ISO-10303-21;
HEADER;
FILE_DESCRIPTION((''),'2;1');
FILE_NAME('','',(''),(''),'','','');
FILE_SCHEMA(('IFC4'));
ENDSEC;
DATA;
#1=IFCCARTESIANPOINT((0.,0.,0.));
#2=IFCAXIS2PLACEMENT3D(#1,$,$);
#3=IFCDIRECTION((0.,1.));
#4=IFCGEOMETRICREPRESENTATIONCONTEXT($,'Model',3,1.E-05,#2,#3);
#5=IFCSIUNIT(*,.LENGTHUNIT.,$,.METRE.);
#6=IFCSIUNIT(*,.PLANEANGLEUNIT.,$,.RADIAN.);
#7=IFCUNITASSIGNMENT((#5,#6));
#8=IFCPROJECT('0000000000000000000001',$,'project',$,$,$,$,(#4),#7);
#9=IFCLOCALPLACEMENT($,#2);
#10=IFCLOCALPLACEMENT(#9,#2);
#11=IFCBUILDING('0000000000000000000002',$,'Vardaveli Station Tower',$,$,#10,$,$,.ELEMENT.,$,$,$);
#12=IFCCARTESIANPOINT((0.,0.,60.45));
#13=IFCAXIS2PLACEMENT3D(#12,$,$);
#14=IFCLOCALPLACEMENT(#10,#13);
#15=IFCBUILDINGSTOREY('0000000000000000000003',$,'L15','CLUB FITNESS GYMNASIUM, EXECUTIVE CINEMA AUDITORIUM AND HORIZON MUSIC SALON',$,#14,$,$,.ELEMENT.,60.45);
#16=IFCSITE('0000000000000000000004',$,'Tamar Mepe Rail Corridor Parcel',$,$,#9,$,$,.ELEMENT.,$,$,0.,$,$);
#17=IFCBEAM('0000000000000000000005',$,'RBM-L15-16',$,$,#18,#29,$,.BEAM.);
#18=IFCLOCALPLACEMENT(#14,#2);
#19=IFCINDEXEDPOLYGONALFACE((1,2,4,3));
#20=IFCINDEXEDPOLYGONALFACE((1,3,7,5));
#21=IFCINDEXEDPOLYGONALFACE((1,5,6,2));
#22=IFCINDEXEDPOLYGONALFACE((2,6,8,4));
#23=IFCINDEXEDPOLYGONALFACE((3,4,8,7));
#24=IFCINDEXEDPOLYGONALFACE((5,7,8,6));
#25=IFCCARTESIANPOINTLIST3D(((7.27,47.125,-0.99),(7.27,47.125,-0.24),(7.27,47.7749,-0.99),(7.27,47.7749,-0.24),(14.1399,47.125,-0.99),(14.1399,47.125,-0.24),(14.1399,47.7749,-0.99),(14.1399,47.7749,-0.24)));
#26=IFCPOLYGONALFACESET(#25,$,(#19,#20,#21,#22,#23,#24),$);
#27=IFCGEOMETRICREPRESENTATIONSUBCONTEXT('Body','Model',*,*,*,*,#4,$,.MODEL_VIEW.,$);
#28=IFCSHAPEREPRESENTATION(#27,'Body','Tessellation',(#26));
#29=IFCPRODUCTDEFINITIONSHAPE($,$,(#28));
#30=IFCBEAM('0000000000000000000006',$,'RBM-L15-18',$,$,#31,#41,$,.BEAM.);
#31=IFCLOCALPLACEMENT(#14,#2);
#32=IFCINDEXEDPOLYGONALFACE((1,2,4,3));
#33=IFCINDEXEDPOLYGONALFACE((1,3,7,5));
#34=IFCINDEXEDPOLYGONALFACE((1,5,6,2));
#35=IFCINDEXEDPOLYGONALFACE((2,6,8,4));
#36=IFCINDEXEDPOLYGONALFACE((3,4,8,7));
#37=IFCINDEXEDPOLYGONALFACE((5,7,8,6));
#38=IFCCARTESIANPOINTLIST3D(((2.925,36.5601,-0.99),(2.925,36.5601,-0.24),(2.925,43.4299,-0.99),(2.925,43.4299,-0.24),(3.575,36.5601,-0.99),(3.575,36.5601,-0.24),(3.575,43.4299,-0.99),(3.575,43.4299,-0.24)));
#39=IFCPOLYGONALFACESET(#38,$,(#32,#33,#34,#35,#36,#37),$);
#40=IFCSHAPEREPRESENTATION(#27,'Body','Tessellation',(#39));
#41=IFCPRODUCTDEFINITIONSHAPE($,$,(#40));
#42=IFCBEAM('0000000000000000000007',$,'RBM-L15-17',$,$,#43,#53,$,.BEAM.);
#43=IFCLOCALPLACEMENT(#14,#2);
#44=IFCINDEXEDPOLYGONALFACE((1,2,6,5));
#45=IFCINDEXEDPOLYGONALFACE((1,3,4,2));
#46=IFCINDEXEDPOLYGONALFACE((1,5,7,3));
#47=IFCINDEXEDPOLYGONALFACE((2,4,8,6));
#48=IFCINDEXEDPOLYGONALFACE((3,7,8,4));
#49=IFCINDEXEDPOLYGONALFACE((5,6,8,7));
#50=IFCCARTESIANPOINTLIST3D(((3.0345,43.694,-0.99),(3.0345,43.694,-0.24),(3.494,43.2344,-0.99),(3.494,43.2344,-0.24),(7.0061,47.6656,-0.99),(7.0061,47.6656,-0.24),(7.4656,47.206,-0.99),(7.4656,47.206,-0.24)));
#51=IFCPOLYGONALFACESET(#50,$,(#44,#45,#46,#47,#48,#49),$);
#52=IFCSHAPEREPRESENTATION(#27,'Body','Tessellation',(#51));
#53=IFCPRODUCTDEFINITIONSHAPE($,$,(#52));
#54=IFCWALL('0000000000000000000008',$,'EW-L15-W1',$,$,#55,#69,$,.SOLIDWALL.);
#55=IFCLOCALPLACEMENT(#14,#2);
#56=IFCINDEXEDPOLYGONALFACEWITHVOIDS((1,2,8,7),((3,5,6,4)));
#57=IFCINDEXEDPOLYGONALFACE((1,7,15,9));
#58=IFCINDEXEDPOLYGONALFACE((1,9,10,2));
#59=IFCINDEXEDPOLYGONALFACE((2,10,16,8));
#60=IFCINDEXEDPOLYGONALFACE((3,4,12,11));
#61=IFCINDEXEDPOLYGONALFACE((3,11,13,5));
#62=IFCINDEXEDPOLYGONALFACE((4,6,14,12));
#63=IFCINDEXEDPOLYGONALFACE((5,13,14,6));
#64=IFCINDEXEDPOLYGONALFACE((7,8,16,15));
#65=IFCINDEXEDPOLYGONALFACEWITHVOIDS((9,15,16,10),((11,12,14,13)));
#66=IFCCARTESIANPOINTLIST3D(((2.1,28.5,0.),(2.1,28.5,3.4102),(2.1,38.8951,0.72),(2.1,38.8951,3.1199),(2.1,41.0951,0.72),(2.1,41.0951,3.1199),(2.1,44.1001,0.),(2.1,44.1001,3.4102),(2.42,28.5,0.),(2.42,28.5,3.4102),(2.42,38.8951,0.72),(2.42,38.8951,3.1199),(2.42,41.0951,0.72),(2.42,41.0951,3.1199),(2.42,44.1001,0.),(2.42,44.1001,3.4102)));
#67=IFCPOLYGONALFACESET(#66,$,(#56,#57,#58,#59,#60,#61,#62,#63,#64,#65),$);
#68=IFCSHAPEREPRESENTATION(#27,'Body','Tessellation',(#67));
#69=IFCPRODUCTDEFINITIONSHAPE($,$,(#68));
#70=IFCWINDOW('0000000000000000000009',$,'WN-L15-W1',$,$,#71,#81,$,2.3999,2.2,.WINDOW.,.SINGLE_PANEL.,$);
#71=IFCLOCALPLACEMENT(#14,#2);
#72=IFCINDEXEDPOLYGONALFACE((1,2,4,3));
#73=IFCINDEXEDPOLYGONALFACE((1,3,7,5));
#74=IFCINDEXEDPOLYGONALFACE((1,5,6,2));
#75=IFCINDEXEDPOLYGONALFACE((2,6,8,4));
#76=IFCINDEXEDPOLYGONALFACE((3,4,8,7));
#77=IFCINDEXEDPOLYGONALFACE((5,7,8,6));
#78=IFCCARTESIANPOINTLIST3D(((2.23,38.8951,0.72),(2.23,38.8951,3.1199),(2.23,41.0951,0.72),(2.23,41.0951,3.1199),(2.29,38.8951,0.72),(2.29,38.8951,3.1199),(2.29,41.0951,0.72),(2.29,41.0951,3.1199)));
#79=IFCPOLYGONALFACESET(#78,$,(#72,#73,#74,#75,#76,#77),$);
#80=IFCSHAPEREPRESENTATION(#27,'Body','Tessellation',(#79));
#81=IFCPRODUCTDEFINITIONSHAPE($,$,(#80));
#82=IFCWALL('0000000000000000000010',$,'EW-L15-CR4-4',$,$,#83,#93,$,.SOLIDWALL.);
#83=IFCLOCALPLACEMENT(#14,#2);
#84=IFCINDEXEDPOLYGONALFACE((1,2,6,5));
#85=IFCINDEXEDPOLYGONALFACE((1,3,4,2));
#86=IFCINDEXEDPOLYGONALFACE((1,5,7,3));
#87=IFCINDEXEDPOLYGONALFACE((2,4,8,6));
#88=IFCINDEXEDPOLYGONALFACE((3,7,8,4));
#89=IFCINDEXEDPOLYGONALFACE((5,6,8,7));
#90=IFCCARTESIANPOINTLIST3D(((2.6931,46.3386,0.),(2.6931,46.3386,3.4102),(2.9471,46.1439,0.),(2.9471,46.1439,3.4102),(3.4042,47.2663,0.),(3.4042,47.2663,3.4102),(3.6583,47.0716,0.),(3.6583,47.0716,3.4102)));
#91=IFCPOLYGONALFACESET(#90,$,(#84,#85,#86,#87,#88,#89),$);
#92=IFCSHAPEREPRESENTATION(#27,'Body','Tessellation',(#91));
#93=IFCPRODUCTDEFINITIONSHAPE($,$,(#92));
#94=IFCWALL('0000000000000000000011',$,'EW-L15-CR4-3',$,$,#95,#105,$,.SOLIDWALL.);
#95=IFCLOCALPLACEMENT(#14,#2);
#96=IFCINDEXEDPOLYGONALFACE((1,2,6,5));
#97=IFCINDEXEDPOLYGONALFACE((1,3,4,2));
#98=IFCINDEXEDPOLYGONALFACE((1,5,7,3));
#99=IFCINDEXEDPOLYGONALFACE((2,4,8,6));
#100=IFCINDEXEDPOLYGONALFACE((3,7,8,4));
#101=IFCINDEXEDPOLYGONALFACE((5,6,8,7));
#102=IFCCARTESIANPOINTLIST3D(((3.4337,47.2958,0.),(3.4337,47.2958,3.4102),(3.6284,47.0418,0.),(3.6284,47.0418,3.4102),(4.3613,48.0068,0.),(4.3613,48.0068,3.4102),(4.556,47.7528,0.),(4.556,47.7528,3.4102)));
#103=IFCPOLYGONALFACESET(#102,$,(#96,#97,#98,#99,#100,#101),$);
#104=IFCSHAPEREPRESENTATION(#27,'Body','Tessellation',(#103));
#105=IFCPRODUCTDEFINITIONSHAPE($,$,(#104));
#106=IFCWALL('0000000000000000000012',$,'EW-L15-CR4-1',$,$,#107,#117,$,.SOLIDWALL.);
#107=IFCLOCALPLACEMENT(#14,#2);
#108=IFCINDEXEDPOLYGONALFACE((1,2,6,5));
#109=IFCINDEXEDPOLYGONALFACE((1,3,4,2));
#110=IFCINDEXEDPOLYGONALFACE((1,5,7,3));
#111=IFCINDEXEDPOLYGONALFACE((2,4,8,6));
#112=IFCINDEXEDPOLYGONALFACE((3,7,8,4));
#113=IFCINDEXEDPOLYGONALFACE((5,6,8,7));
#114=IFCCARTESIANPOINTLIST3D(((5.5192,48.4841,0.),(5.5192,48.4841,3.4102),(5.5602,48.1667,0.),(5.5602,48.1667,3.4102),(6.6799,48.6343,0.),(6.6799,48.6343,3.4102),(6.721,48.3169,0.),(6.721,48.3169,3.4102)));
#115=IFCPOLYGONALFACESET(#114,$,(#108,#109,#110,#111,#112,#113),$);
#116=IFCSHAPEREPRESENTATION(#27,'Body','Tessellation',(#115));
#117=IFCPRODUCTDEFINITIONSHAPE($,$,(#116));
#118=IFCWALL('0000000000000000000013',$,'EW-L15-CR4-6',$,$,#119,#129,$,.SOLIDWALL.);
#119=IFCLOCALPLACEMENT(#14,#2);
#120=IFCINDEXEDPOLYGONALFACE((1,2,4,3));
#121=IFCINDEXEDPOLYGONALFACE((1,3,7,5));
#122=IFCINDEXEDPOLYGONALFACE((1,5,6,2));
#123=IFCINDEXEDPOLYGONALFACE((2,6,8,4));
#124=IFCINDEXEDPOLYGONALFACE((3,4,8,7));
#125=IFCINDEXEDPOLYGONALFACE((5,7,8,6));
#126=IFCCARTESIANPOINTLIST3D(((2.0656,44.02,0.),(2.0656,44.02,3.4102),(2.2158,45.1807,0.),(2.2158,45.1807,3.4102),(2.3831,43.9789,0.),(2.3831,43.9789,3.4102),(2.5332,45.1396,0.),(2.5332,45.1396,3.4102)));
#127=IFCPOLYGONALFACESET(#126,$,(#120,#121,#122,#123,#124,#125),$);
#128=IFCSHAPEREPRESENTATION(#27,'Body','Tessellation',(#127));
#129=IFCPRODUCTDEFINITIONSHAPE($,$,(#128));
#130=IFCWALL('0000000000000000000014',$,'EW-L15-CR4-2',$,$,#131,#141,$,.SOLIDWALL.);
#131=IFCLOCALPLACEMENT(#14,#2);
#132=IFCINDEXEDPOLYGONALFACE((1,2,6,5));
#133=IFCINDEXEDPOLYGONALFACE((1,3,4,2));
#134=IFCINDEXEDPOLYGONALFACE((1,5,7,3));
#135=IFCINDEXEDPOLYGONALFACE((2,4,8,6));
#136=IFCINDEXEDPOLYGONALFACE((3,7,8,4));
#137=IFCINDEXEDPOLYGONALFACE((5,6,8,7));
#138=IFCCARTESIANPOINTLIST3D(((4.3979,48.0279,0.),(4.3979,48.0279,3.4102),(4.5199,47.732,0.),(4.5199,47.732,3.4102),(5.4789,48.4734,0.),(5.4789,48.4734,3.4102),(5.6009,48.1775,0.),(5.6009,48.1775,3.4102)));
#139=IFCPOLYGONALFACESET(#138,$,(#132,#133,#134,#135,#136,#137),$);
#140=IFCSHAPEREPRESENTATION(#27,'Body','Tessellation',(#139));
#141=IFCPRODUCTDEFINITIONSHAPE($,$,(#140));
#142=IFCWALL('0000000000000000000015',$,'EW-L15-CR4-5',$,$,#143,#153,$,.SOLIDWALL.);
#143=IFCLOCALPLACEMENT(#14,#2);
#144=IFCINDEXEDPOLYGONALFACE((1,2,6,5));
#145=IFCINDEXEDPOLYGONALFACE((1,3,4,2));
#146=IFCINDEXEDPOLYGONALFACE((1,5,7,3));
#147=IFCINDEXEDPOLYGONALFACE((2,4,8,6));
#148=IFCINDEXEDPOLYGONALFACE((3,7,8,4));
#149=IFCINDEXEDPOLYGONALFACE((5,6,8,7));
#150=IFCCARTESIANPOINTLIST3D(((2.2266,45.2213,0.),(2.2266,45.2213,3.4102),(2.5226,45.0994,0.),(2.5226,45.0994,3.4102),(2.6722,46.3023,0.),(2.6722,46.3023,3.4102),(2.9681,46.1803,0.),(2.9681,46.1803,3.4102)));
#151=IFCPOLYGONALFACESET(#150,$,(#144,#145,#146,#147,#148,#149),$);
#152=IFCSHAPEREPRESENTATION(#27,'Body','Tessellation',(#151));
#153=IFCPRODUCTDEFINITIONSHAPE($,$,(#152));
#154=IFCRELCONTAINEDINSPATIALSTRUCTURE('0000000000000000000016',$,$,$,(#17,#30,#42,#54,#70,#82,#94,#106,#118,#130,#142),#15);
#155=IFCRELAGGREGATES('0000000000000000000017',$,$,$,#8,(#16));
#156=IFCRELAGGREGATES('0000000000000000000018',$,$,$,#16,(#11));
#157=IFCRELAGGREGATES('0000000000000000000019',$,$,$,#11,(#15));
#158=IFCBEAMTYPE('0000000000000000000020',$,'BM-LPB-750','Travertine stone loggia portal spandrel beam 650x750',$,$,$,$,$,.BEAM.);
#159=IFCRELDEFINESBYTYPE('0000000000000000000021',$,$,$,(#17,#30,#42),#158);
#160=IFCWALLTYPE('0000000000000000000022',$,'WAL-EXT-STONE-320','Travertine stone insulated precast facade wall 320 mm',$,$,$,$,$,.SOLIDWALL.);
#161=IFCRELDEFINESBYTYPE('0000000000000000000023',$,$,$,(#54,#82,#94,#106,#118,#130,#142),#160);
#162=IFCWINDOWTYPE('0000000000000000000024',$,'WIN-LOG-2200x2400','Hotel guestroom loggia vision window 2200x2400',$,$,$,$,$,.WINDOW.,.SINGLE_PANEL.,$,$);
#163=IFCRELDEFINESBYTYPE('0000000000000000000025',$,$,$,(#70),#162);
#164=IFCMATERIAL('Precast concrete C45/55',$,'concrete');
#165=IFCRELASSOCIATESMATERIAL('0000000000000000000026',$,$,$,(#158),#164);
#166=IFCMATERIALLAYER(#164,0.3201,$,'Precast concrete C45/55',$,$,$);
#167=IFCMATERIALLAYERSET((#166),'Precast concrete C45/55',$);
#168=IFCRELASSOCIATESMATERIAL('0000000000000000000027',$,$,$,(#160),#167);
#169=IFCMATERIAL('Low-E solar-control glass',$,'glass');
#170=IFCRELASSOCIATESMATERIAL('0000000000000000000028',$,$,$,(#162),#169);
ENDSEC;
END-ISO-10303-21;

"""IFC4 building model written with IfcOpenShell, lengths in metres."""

from ifc_helpers import new_model, si_unit, direction, frame, frame_2d, origin, origin_2d, place, context, subcontext, project, spatial, rectangle, extrude, source, transform, mapped, material, layer, layer_set, material_profile, profile_set, type_object, element, fill, save


model = new_model("IFC4")

# Units and contexts
model_context = context("Model", 3, precision=1e-05, world=origin(), true_north=direction((0.0, 1.0)))
body_context = subcontext(model_context, "Body", "Model", "MODEL_VIEW")
ifc_project = project(units=[si_unit("LENGTHUNIT", "METRE"), si_unit("PLANEANGLEUNIT", "RADIAN")], contexts=[model_context])

# Site, building, storey
site_placement = place(None, origin())
site = spatial("IfcSite", under=ifc_project, at=site_placement, Name="Tamar Mepe Rail Corridor Parcel", CompositionType="ELEMENT", RefElevation=0.0)
building_placement = place(site_placement, origin())
building = spatial("IfcBuilding", under=site, at=building_placement, Name="Vardaveli Station Tower", CompositionType="ELEMENT")
storey_placement = place(building_placement, frame((0.0, 0.0, 60.45)))
storey = spatial("IfcBuildingStorey", under=building, at=storey_placement, Name="L15", Description="CLUB FITNESS GYMNASIUM, EXECUTIVE CINEMA AUDITORIUM AND HORIZON MUSIC SALON", CompositionType="ELEMENT", Elevation=60.45)

# Beams
ifc_material_1 = material(Name="Precast concrete C45/55", Category="concrete")
ifc_material_profile_1 = material_profile(ifc_material_1, rectangle(XDim=0.6499, YDim=0.75, at=origin_2d()), Name="LPB 650x750")
ifc_profile_set_1 = profile_set([ifc_material_profile_1], Name="Precast concrete C45/55")
beam_type = type_object("IfcBeamType", Name="BM-LPB-750", Description="Travertine stone loggia portal spandrel beam 650x750", PredefinedType="BEAM", material=ifc_profile_set_1)
shared_shape_1 = source(origin(), body_context, "Body", "SweptSolid", [
    extrude(rectangle(XDim=0.6499, YDim=0.75, at=origin_2d()), origin(), (0.0, 0.0, 1.0), 6.8699),
])
for number, where, z_axis, x_axis, name in (
    (1, (14.1399, 47.45, -0.615), (-1.0, 0.0, 0.0), (0.0, -1.0, 0.0), "RBM-L15-16"),
    (2, (3.25, 43.4299, -0.615), (0.0, -1.0, 0.0), (1.0, 0.0, 0.0), "RBM-L15-18"),
):
    element("IfcBeam", number, at=place(storey_placement, frame(where, z_axis=z_axis, x_axis=x_axis)), inside=storey, type_object=beam_type, Name=name, PredefinedType="BEAM", context=body_context, shape_type="MappedRepresentation", body=[
        mapped(shared_shape_1, transform((0.0, 0.0, 0.0), scale=1.0)),
    ])
shared_shape_2 = source(origin(), body_context, "Body", "SweptSolid", [
    extrude(rectangle(XDim=0.6499, YDim=0.75, at=origin_2d()), origin(), (0.0, 0.0, 1.0), 5.6167),
])
beam_placement = place(storey_placement, frame((7.2358, 47.4358, -0.615), z_axis=(-0.707107, -0.707107, 0.0), x_axis=(0.707107, -0.707107, 0.0)))
element("IfcBeam", 3, at=beam_placement, inside=storey, type_object=beam_type, Name="RBM-L15-17", PredefinedType="BEAM", context=body_context, shape_type="MappedRepresentation", body=[
    mapped(shared_shape_2, transform((0.0, 0.0, 0.0), scale=1.0)),
])

# Wall, opening, window
ifc_layer_1 = layer(ifc_material_1, 0.3201, Name="Precast concrete C45/55")
ifc_layer_set_1 = layer_set([ifc_layer_1], Name="Precast concrete C45/55")
wall_type_1 = type_object("IfcWallType", Name="WAL-EXT-STONE-320", Description="Travertine stone insulated precast facade wall 320 mm", PredefinedType="SOLIDWALL", material=ifc_layer_set_1)
shared_shape_3 = source(origin(), body_context, "Body", "SweptSolid", [
    extrude(rectangle(XDim=15.6001, YDim=0.3201, at=frame_2d((7.8, 0.0))), origin(), (0.0, 0.0, 1.0), 3.4102),
])
wall_1_placement = place(storey_placement, frame((2.26, 44.1001, 0.0), z_axis=(0.0, 0.0, 1.0), x_axis=(0.0, -1.0, 0.0)))
wall_1 = element("IfcWall", 4, at=wall_1_placement, inside=storey, type_object=wall_type_1, Name="EW-L15-W1", PredefinedType="SOLIDWALL", context=body_context, shape_type="MappedRepresentation", body=[
    mapped(shared_shape_3, transform((0.0, 0.0, 0.0), scale=1.0)),
])
shared_shape_4 = source(origin(), body_context, "Body", "SweptSolid", [
    extrude(rectangle(XDim=2.2, YDim=2.3999, at=frame_2d((1.1001, 1.2))), frame((0.0, 0.1699, 0.0), z_axis=(0.0, -1.0, 0.0), x_axis=(1.0, 0.0, 0.0)), (0.0, 0.0, 1.0), 0.3401),
])
opening_1_placement = place(wall_1_placement, frame((3.0049, 0.0, 0.72)))
opening_1 = element("IfcOpeningElement", 5, at=opening_1_placement, cuts=wall_1, PredefinedType="OPENING", context=body_context, shape_type="MappedRepresentation", body=[
    mapped(shared_shape_4, transform((0.0, 0.0, 0.0), scale=1.0)),
])
ifc_material_2 = material(Name="Low-E solar-control glass", Category="glass")
window_type = type_object("IfcWindowType", Name="WIN-LOG-2200x2400", Description="Hotel guestroom loggia vision window 2200x2400", PartitioningType="SINGLE_PANEL", PredefinedType="WINDOW", material=ifc_material_2)
shared_shape_5 = source(origin(), body_context, "Body", "SweptSolid", [
    extrude(rectangle(XDim=2.2, YDim=2.3999, at=frame_2d((1.1001, 1.2))), frame((0.0, 0.03, 0.0), z_axis=(0.0, -1.0, 0.0), x_axis=(1.0, 0.0, 0.0)), (0.0, 0.0, 1.0), 0.0601),
])
window_placement = place(opening_1_placement, origin())
window = element("IfcWindow", 6, at=window_placement, inside=storey, type_object=window_type, Name="WN-L15-W1", OverallHeight=2.3999, OverallWidth=2.2, PartitioningType="SINGLE_PANEL", PredefinedType="WINDOW", context=body_context, shape_type="MappedRepresentation", body=[
    mapped(shared_shape_5, transform((0.0, 0.0, 0.0), scale=1.0)),
])
fill(opening_1, window)

# Walls
shared_shape_6 = source(origin(), body_context, "Body", "SweptSolid", [
    extrude(rectangle(XDim=1.1689, YDim=0.3201, at=frame_2d((0.5845, 0.0))), origin(), (0.0, 0.0, 1.0), 3.4102),
])
wall_2_placement = place(storey_placement, frame((3.5312, 47.1689, 0.0), z_axis=(0.0, 0.0, 1.0), x_axis=(-0.608388, -0.79364, 0.0)))
element("IfcWall", 7, at=wall_2_placement, inside=storey, type_object=wall_type_1, Name="EW-L15-CR4-4", PredefinedType="SOLIDWALL", context=body_context, shape_type="MappedRepresentation", body=[
    mapped(shared_shape_6, transform((0.0, 0.0, 0.0), scale=1.0)),
])
shared_shape_7 = source(origin(), body_context, "Body", "SweptSolid", [
    extrude(rectangle(XDim=1.1687, YDim=0.3201, at=frame_2d((0.5845, 0.0))), origin(), (0.0, 0.0, 1.0), 3.4102),
])
wall_3_placement = place(storey_placement, frame((4.4587, 47.8799, 0.0), z_axis=(0.0, 0.0, 1.0), x_axis=(-0.793664, -0.608357, 0.0)))
element("IfcWall", 8, at=wall_3_placement, inside=storey, type_object=wall_type_1, Name="EW-L15-CR4-3", PredefinedType="SOLIDWALL", context=body_context, shape_type="MappedRepresentation", body=[
    mapped(shared_shape_7, transform((0.0, 0.0, 0.0), scale=1.0)),
])
shared_shape_8 = source(origin(), body_context, "Body", "SweptSolid", [
    extrude(rectangle(XDim=1.1704, YDim=0.3201, at=frame_2d((0.5852, 0.0))), origin(), (0.0, 0.0, 1.0), 3.4102),
])
for number, where, z_axis, x_axis, name in (
    (9, (6.7004, 48.4756, 0.0), (0.0, 0.0, 1.0), (-0.991736, -0.128296, 0.0), "EW-L15-CR4-1"),
    (10, (2.3745, 45.1602, 0.0), (0.0, 0.0, 1.0), (-0.128296, -0.991736, 0.0), "EW-L15-CR4-6"),
):
    element("IfcWall", number, at=place(storey_placement, frame(where, z_axis=z_axis, x_axis=x_axis)), inside=storey, type_object=wall_type_1, Name=name, PredefinedType="SOLIDWALL", context=body_context, shape_type="MappedRepresentation", body=[
        mapped(shared_shape_8, transform((0.0, 0.0, 0.0), scale=1.0)),
    ])
shared_shape_9 = source(origin(), body_context, "Body", "SweptSolid", [
    extrude(rectangle(XDim=1.1692, YDim=0.3201, at=frame_2d((0.5845, 0.0))), origin(), (0.0, 0.0, 1.0), 3.4102),
])
for number, where, z_axis, x_axis, name in (
    (11, (5.5398, 48.3254, 0.0), (0.0, 0.0, 1.0), (-0.924553, -0.381054, 0.0), "EW-L15-CR4-2"),
    (12, (2.8201, 46.2412, 0.0), (0.0, 0.0, 1.0), (-0.381054, -0.924553, 0.0), "EW-L15-CR4-5"),
):
    element("IfcWall", number, at=place(storey_placement, frame(where, z_axis=z_axis, x_axis=x_axis)), inside=storey, type_object=wall_type_1, Name=name, PredefinedType="SOLIDWALL", context=body_context, shape_type="MappedRepresentation", body=[
        mapped(shared_shape_9, transform((0.0, 0.0, 0.0), scale=1.0)),
    ])

save(model, "model.ifc")
